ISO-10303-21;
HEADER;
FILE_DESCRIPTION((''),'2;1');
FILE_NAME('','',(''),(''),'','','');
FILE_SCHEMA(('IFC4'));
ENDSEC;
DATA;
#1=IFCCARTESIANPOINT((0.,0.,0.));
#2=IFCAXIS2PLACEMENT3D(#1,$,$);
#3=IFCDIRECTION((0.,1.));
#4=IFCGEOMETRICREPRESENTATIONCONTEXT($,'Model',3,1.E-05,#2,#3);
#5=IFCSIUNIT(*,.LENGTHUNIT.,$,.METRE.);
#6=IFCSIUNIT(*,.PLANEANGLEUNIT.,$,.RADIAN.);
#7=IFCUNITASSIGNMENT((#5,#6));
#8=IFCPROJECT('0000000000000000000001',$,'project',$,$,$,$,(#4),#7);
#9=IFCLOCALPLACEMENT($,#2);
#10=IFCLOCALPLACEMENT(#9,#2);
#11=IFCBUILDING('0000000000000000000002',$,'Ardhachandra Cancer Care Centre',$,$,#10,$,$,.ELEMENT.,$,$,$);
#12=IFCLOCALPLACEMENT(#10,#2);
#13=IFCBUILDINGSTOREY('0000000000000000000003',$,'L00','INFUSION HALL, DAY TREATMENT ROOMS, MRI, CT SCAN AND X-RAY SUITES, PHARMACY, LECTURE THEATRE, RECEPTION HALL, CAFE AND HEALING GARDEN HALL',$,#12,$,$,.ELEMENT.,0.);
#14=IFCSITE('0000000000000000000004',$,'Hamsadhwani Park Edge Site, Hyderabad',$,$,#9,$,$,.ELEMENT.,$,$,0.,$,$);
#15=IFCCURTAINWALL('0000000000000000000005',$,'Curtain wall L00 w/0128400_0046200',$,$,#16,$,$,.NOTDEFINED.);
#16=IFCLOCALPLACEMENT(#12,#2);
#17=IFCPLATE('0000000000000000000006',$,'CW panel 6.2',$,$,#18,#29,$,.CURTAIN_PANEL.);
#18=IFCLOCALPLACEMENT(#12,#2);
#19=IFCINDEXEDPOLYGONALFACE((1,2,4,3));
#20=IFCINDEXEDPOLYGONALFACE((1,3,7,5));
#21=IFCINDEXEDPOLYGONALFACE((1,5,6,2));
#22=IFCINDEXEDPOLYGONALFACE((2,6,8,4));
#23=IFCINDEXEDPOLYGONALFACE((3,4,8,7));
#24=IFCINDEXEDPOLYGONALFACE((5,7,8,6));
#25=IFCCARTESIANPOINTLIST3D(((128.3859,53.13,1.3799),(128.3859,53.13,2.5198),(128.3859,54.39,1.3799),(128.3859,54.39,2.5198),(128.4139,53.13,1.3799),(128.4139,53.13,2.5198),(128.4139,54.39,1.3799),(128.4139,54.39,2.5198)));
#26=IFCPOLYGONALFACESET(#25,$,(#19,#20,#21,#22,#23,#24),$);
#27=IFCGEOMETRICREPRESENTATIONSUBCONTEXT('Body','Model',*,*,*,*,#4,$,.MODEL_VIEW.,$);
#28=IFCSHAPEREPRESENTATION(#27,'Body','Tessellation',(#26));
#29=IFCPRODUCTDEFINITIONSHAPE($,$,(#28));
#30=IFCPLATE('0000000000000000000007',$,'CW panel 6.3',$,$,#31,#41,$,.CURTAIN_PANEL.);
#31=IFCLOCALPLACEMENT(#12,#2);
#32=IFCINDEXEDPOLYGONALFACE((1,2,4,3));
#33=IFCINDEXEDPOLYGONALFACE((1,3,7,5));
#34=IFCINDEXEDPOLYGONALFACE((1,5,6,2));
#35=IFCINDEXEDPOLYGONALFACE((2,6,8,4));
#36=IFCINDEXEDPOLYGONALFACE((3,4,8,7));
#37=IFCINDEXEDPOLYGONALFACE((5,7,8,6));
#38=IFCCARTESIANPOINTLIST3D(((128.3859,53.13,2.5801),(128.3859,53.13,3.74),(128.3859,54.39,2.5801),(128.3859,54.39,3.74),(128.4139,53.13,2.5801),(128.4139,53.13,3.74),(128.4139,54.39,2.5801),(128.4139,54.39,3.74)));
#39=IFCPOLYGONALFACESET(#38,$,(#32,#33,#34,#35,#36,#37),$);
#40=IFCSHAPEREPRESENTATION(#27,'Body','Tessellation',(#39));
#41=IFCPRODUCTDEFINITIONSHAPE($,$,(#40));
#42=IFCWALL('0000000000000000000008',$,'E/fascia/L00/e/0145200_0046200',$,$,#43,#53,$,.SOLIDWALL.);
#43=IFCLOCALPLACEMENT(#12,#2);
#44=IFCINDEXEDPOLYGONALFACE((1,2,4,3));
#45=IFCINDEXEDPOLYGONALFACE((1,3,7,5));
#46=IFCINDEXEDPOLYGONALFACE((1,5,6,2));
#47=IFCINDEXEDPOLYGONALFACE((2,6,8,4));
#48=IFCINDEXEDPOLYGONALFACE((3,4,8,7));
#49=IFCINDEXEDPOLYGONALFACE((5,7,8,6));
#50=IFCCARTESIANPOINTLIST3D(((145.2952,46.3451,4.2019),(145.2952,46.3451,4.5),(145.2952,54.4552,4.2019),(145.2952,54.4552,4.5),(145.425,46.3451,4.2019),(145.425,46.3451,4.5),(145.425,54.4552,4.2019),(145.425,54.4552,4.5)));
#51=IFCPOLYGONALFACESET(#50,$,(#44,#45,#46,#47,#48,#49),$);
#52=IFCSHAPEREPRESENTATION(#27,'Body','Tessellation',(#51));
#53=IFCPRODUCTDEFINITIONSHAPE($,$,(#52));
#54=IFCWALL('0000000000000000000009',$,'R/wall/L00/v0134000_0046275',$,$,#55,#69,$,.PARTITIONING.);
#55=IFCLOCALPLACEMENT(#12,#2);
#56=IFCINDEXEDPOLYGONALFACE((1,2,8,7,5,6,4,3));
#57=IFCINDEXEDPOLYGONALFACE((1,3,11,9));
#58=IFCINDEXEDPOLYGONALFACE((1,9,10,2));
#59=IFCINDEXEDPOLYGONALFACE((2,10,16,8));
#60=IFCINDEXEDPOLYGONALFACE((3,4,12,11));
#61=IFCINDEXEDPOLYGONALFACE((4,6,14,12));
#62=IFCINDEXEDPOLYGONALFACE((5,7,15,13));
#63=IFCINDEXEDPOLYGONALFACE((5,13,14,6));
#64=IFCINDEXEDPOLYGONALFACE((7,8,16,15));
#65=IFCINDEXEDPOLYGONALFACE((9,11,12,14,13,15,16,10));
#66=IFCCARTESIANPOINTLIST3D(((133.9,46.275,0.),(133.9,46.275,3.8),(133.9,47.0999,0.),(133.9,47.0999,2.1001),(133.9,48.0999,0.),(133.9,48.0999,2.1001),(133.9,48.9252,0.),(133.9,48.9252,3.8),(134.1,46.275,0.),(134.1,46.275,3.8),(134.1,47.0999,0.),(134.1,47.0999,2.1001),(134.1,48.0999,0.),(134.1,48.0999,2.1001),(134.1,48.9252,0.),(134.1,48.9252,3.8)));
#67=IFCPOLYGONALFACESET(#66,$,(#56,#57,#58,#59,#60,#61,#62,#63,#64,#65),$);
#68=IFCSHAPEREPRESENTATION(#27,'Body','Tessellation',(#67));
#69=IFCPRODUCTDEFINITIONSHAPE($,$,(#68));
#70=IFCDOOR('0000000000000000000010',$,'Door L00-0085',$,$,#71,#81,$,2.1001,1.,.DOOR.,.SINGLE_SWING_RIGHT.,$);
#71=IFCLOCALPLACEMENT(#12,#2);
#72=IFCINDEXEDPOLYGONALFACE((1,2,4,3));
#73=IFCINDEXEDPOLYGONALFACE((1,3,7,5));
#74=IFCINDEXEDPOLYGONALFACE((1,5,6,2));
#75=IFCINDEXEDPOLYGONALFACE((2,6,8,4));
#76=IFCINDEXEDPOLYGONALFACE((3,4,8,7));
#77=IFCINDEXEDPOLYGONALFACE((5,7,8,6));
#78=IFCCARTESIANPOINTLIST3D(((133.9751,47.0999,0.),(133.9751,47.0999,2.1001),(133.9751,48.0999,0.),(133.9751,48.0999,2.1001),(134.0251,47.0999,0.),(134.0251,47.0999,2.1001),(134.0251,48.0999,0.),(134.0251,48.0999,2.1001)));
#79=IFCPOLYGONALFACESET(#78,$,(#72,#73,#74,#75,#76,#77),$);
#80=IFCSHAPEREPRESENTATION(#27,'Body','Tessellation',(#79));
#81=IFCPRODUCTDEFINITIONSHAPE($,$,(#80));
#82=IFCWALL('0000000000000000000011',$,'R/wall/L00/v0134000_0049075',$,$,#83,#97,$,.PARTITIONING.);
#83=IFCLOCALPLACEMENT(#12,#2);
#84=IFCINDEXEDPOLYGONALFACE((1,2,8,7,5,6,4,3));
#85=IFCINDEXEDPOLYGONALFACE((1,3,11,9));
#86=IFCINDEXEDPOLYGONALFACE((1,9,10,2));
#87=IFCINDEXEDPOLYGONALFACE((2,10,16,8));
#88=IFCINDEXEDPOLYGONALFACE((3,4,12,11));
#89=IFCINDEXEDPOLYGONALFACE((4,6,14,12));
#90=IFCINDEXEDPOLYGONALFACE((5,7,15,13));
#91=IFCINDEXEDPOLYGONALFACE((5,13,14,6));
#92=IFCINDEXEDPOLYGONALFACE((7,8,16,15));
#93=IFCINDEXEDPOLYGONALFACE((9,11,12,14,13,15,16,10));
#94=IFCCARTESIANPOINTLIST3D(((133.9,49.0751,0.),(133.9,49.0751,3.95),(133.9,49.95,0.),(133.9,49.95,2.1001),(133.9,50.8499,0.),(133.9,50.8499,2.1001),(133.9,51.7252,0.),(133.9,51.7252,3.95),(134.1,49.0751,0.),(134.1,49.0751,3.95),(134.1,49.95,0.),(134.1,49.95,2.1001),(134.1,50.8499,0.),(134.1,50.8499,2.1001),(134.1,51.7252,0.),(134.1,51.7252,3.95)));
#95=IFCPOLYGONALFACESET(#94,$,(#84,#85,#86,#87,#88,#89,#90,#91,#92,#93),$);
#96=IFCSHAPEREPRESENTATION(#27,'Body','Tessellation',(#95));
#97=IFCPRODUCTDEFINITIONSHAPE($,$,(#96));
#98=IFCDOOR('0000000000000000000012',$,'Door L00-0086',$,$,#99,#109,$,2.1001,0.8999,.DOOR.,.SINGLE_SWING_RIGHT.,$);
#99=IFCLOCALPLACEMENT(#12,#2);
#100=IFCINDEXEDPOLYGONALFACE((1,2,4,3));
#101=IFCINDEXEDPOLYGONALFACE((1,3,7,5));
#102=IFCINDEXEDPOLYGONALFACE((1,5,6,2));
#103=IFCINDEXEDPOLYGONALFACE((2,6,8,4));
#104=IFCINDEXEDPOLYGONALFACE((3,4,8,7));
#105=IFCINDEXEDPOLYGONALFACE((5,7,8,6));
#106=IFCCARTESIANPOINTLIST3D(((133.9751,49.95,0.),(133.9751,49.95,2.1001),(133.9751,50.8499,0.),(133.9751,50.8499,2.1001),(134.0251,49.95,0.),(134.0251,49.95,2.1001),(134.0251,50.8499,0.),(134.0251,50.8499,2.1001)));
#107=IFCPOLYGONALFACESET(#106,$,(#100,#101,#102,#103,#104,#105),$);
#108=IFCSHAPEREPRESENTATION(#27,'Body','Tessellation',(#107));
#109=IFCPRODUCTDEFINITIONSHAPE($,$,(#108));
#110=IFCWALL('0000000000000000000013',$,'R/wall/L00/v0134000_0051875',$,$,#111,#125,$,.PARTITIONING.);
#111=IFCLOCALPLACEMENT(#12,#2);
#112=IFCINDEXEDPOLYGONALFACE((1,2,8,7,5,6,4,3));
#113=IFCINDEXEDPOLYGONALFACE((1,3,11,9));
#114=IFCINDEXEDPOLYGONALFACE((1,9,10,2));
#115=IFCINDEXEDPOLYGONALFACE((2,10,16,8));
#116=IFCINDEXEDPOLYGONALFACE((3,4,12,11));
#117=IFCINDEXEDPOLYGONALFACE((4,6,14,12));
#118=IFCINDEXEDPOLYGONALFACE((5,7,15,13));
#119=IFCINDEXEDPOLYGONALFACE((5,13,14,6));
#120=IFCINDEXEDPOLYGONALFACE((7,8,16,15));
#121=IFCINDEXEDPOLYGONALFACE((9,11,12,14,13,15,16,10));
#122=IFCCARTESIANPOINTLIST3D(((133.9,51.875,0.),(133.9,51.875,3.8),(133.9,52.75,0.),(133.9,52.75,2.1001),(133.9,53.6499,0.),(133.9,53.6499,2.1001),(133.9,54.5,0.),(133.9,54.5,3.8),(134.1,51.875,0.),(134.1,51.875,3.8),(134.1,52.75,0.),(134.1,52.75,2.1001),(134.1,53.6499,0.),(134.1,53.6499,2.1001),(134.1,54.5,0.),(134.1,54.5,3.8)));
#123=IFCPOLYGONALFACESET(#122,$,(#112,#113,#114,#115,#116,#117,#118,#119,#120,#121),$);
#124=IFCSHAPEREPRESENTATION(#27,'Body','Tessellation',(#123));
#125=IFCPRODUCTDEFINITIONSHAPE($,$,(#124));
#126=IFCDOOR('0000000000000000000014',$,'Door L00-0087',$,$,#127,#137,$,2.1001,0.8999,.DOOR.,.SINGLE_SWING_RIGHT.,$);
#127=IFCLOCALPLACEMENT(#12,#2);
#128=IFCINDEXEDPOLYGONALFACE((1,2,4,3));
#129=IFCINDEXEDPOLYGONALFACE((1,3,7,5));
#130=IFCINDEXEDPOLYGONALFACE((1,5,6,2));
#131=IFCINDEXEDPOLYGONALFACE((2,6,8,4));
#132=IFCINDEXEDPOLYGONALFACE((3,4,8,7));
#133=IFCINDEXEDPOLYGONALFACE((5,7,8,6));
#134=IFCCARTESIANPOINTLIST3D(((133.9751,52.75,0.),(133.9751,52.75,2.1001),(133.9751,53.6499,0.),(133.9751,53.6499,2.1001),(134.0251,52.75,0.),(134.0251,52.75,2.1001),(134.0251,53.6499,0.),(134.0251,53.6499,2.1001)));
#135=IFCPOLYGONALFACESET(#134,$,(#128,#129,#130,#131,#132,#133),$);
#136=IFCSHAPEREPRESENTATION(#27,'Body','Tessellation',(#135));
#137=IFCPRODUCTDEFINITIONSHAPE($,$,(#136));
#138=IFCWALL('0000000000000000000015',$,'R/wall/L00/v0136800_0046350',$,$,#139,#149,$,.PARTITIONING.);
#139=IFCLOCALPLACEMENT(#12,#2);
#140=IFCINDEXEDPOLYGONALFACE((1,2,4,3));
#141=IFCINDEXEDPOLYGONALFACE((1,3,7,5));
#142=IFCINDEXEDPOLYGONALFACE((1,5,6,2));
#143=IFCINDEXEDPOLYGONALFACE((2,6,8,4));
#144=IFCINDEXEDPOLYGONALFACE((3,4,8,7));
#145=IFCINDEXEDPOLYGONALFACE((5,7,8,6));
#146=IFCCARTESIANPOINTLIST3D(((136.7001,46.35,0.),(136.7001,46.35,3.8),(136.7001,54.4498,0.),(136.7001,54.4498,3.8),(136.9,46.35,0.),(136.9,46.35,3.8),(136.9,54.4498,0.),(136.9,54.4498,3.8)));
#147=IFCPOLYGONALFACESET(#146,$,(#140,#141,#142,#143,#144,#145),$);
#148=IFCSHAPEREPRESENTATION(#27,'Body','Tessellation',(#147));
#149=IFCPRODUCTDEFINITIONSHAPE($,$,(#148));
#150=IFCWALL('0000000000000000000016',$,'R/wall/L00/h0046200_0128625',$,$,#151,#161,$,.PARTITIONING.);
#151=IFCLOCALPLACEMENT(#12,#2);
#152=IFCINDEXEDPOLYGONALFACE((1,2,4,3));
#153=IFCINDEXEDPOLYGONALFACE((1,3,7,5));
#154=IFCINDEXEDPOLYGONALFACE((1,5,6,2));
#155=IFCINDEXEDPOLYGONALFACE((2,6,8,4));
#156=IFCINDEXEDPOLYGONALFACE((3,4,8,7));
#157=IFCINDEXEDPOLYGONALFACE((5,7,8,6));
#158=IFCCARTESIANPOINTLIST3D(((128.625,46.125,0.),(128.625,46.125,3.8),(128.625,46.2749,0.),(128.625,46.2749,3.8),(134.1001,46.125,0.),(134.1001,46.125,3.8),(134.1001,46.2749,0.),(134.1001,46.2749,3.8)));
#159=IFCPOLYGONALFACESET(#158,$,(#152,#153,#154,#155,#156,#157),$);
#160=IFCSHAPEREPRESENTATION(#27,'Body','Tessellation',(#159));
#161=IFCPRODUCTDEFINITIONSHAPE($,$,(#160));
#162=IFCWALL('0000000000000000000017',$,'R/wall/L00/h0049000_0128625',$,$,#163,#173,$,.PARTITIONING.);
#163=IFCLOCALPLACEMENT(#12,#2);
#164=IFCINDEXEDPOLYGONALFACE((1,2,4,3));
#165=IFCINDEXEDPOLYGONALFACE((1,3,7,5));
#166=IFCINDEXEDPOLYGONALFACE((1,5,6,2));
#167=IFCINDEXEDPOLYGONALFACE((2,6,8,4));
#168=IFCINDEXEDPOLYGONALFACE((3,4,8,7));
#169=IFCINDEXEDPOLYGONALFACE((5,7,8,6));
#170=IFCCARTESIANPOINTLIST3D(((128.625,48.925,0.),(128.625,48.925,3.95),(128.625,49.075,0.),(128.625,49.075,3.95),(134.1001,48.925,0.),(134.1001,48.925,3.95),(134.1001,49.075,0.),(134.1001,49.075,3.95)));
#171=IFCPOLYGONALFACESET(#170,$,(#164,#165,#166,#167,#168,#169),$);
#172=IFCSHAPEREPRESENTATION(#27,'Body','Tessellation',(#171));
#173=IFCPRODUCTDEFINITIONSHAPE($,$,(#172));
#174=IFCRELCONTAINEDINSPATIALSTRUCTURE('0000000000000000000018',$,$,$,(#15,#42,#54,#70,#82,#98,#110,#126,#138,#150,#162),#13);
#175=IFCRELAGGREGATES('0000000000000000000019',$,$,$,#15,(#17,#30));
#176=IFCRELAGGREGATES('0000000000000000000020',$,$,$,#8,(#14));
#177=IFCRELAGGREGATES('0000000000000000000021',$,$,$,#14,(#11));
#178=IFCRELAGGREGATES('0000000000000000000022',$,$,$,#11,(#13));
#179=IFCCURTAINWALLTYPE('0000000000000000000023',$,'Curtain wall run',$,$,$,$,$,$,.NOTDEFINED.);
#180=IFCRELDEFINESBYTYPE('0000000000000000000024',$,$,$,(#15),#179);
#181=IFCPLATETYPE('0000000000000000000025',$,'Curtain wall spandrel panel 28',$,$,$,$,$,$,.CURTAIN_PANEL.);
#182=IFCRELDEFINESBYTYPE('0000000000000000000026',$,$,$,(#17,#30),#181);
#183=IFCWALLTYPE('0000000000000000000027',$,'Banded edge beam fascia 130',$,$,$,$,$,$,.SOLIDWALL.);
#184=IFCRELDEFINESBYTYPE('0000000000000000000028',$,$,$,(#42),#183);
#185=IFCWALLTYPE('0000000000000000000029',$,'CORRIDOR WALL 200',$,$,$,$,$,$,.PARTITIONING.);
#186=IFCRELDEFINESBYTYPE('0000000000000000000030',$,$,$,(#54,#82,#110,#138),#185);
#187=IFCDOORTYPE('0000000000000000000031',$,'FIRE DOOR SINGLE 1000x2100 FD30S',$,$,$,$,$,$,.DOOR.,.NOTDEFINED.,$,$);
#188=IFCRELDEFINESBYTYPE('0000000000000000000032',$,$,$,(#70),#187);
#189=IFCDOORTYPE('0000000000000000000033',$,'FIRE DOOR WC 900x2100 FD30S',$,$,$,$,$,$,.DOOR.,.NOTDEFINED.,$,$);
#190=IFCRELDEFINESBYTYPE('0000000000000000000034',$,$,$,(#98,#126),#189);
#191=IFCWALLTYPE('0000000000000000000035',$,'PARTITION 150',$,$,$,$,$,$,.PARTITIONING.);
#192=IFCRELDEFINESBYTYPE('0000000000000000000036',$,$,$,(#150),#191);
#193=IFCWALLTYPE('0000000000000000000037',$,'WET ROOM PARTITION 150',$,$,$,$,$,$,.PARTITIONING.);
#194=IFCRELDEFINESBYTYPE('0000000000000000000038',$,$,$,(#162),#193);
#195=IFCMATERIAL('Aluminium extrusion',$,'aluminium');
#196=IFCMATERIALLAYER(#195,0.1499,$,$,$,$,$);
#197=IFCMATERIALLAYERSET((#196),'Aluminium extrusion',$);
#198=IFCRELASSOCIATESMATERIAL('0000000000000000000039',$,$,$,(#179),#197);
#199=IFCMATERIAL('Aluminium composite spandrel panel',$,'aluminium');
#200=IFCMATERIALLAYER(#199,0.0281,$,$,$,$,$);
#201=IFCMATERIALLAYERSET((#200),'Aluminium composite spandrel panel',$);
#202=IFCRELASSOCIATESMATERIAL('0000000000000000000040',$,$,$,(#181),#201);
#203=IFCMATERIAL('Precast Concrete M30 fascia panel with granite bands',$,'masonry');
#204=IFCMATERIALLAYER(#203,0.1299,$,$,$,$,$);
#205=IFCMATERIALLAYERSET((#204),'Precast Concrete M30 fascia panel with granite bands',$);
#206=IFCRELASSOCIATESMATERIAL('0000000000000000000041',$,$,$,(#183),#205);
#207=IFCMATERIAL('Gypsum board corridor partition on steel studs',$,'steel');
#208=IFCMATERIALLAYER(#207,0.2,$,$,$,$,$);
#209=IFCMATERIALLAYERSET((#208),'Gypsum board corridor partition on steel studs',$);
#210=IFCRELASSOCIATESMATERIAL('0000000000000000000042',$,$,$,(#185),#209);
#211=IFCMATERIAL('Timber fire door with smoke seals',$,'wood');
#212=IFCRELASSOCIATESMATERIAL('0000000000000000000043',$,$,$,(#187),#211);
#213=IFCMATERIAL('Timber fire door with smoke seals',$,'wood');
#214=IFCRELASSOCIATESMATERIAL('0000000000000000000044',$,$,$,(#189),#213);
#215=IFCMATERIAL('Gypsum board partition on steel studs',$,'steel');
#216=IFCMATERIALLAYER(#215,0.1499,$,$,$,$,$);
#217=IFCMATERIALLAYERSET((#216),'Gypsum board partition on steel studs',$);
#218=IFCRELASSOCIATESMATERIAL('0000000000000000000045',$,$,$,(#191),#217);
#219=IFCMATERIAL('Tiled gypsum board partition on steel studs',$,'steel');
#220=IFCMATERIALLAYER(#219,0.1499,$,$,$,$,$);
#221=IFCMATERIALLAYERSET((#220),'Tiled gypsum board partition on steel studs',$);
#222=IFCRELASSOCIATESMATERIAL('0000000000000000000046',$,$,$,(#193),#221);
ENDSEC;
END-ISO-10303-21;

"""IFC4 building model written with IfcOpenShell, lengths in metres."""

from ifc_helpers import new_model, si_unit, direction, frame, frame_2d, origin, origin_2d, place, context, subcontext, project, spatial, rectangle, extrude, material, layer, layer_set, type_object, element, fill, aggregate, save


model = new_model("IFC4")

# Units and contexts
model_context = context("Model", 3, precision=1e-05, world=origin(), true_north=direction((0.0, 1.0)))
body_context = subcontext(model_context, "Body", "Model", "MODEL_VIEW")
ifc_project = project(units=[si_unit("LENGTHUNIT", "METRE"), si_unit("PLANEANGLEUNIT", "RADIAN")], contexts=[model_context])

# Site, building, storey
site_placement = place(None, origin())
site = spatial("IfcSite", under=ifc_project, at=site_placement, Name="Hamsadhwani Park Edge Site, Hyderabad", CompositionType="ELEMENT", RefElevation=0.0)
building_placement = place(site_placement, origin())
building = spatial("IfcBuilding", under=site, at=building_placement, Name="Ardhachandra Cancer Care Centre", CompositionType="ELEMENT")
storey_placement = place(building_placement, origin())
storey = spatial("IfcBuildingStorey", under=building, at=storey_placement, Name="L00", Description="INFUSION HALL, DAY TREATMENT ROOMS, MRI, CT SCAN AND X-RAY SUITES, PHARMACY, LECTURE THEATRE, RECEPTION HALL, CAFE AND HEALING GARDEN HALL", CompositionType="ELEMENT", Elevation=0.0)

# Curtain wall
ifc_material_1 = material(Name="Aluminium extrusion", Category="aluminium")
ifc_layer_1 = layer(ifc_material_1, 0.1499)
ifc_layer_set_1 = layer_set([ifc_layer_1], Name="Aluminium extrusion")
curtain_wall_type = type_object("IfcCurtainWallType", Name="Curtain wall run", PredefinedType="NOTDEFINED", material=ifc_layer_set_1)
curtain_wall_placement = place(storey_placement, origin())
curtain_wall = element("IfcCurtainWall", 1, at=curtain_wall_placement, inside=storey, type_object=curtain_wall_type, Name="Curtain wall L00 w/0128400_0046200", PredefinedType="NOTDEFINED")

# Plates
ifc_material_2 = material(Name="Aluminium composite spandrel panel", Category="aluminium")
ifc_layer_2 = layer(ifc_material_2, 0.0281)
ifc_layer_set_2 = layer_set([ifc_layer_2], Name="Aluminium composite spandrel panel")
plate_type = type_object("IfcPlateType", Name="Curtain wall spandrel panel 28", PredefinedType="CURTAIN_PANEL", material=ifc_layer_set_2)
plate_1_placement = place(storey_placement, frame((128.3999, 53.76, 1.3799), z_axis=(0.0, 0.0, 1.0), x_axis=(0.0, 1.0, 0.0)))
plate_1 = element("IfcPlate", 2, at=plate_1_placement, type_object=plate_type, Name="CW panel 6.2", PredefinedType="CURTAIN_PANEL", context=body_context, shape_type="SweptSolid", body=[
    extrude(rectangle(XDim=1.26, YDim=0.0281, at=origin_2d()), origin(), (0.0, 0.0, 1.0), 1.1399),
])
plate_2_placement = place(storey_placement, frame((128.3999, 53.76, 2.5801), z_axis=(0.0, 0.0, 1.0), x_axis=(0.0, 1.0, 0.0)))
plate_2 = element("IfcPlate", 3, at=plate_2_placement, type_object=plate_type, Name="CW panel 6.3", PredefinedType="CURTAIN_PANEL", context=body_context, shape_type="SweptSolid", body=[
    extrude(rectangle(XDim=1.26, YDim=0.0281, at=origin_2d()), origin(), (0.0, 0.0, 1.0), 1.1599),
])
aggregate(curtain_wall, [plate_1, plate_2])

# Wall
ifc_material_3 = material(Name="Precast Concrete M30 fascia panel with granite bands", Category="masonry")
ifc_layer_3 = layer(ifc_material_3, 0.1299)
ifc_layer_set_3 = layer_set([ifc_layer_3], Name="Precast Concrete M30 fascia panel with granite bands")
wall_type_1 = type_object("IfcWallType", Name="Banded edge beam fascia 130", PredefinedType="SOLIDWALL", material=ifc_layer_set_3)
wall_1_placement = place(storey_placement, frame((145.3601, 46.345, 4.2019), z_axis=(0.0, 0.0, 1.0), x_axis=(0.0, 1.0, 0.0)))
element("IfcWall", 4, at=wall_1_placement, inside=storey, type_object=wall_type_1, Name="E/fascia/L00/e/0145200_0046200", PredefinedType="SOLIDWALL", context=body_context, shape_type="SweptSolid", body=[
    extrude(rectangle(XDim=8.1101, YDim=0.1299, at=frame_2d((4.0552, 0.0))), origin(), (0.0, 0.0, 1.0), 0.2981),
])

# Walls, openings, doors
ifc_material_4 = material(Name="Gypsum board corridor partition on steel studs", Category="steel")
ifc_layer_4 = layer(ifc_material_4, 0.2)
ifc_layer_set_4 = layer_set([ifc_layer_4], Name="Gypsum board corridor partition on steel studs")
wall_type_2 = type_object("IfcWallType", Name="CORRIDOR WALL 200", PredefinedType="PARTITIONING", material=ifc_layer_set_4)
wall_2_placement = place(storey_placement, frame((134.0, 46.2749, 0.0), z_axis=(0.0, 0.0, 1.0), x_axis=(0.0, 1.0, 0.0)))
wall_2 = element("IfcWall", 5, at=wall_2_placement, inside=storey, type_object=wall_type_2, Name="R/wall/L00/v0134000_0046275", PredefinedType="PARTITIONING", context=body_context, shape_type="SweptSolid", body=[
    extrude(rectangle(XDim=2.6501, YDim=0.2, at=frame_2d((1.3252, 0.0))), origin(), (0.0, 0.0, 1.0), 3.8),
])
opening_1_placement = place(wall_2_placement, frame((0.825, 0.0, 0.0)))
opening_1 = element("IfcOpeningElement", 6, at=opening_1_placement, cuts=wall_2, PredefinedType="OPENING", context=body_context, shape_type="SweptSolid", body=[
    extrude(rectangle(XDim=1.0, YDim=2.1001, at=frame_2d((0.5, 1.05))), frame((0.0, 0.1099, 0.0), z_axis=(0.0, -1.0, 0.0), x_axis=(1.0, 0.0, 0.0)), (0.0, 0.0, 1.0), 0.22),
])
ifc_material_5 = material(Name="Timber fire door with smoke seals", Category="wood")
door_type_1 = type_object("IfcDoorType", Name="FIRE DOOR SINGLE 1000x2100 FD30S", OperationType="NOTDEFINED", PredefinedType="DOOR", material=ifc_material_5)
door_1_placement = place(opening_1_placement, origin())
door_1 = element("IfcDoor", 7, at=door_1_placement, inside=storey, type_object=door_type_1, Name="Door L00-0085", OperationType="SINGLE_SWING_RIGHT", OverallHeight=2.1001, OverallWidth=1.0, PredefinedType="DOOR", context=body_context, shape_type="SweptSolid", body=[
    extrude(rectangle(XDim=1.0, YDim=2.1001, at=frame_2d((0.5, 1.05))), frame((0.0, 0.0249, 0.0), z_axis=(0.0, -1.0, 0.0), x_axis=(1.0, 0.0, 0.0)), (0.0, 0.0, 1.0), 0.05),
])
fill(opening_1, door_1)
wall_3_placement = place(storey_placement, frame((134.0, 49.075, 0.0), z_axis=(0.0, 0.0, 1.0), x_axis=(0.0, 1.0, 0.0)))
wall_3 = element("IfcWall", 8, at=wall_3_placement, inside=storey, type_object=wall_type_2, Name="R/wall/L00/v0134000_0049075", PredefinedType="PARTITIONING", context=body_context, shape_type="SweptSolid", body=[
    extrude(rectangle(XDim=2.6501, YDim=0.2, at=frame_2d((1.3252, 0.0))), origin(), (0.0, 0.0, 1.0), 3.95),
])
opening_2_placement = place(wall_3_placement, frame((0.875, 0.0, 0.0)))
opening_2 = element("IfcOpeningElement", 9, at=opening_2_placement, cuts=wall_3, PredefinedType="OPENING", context=body_context, shape_type="SweptSolid", body=[
    extrude(rectangle(XDim=0.8999, YDim=2.1001, at=frame_2d((0.45, 1.05))), frame((0.0, 0.1099, 0.0), z_axis=(0.0, -1.0, 0.0), x_axis=(1.0, 0.0, 0.0)), (0.0, 0.0, 1.0), 0.22),
])
ifc_material_6 = material(Name="Timber fire door with smoke seals", Category="wood")
door_type_2 = type_object("IfcDoorType", Name="FIRE DOOR WC 900x2100 FD30S", OperationType="NOTDEFINED", PredefinedType="DOOR", material=ifc_material_6)
door_2_placement = place(opening_2_placement, origin())
door_2 = element("IfcDoor", 10, at=door_2_placement, inside=storey, type_object=door_type_2, Name="Door L00-0086", OperationType="SINGLE_SWING_RIGHT", OverallHeight=2.1001, OverallWidth=0.8999, PredefinedType="DOOR", context=body_context, shape_type="SweptSolid", body=[
    extrude(rectangle(XDim=0.8999, YDim=2.1001, at=frame_2d((0.45, 1.05))), frame((0.0, 0.0249, 0.0), z_axis=(0.0, -1.0, 0.0), x_axis=(1.0, 0.0, 0.0)), (0.0, 0.0, 1.0), 0.05),
])
fill(opening_2, door_2)
wall_4_placement = place(storey_placement, frame((134.0, 51.875, 0.0), z_axis=(0.0, 0.0, 1.0), x_axis=(0.0, 1.0, 0.0)))
wall_4 = element("IfcWall", 11, at=wall_4_placement, inside=storey, type_object=wall_type_2, Name="R/wall/L00/v0134000_0051875", PredefinedType="PARTITIONING", context=body_context, shape_type="SweptSolid", body=[
    extrude(rectangle(XDim=2.625, YDim=0.2, at=frame_2d((1.3125, 0.0))), origin(), (0.0, 0.0, 1.0), 3.8),
])
opening_3_placement = place(wall_4_placement, frame((0.875, 0.0, 0.0)))
opening_3 = element("IfcOpeningElement", 12, at=opening_3_placement, cuts=wall_4, PredefinedType="OPENING", context=body_context, shape_type="SweptSolid", body=[
    extrude(rectangle(XDim=0.8999, YDim=2.1001, at=frame_2d((0.45, 1.05))), frame((0.0, 0.1099, 0.0), z_axis=(0.0, -1.0, 0.0), x_axis=(1.0, 0.0, 0.0)), (0.0, 0.0, 1.0), 0.22),
])
door_3_placement = place(opening_3_placement, origin())
door_3 = element("IfcDoor", 13, at=door_3_placement, inside=storey, type_object=door_type_2, Name="Door L00-0087", OperationType="SINGLE_SWING_RIGHT", OverallHeight=2.1001, OverallWidth=0.8999, PredefinedType="DOOR", context=body_context, shape_type="SweptSolid", body=[
    extrude(rectangle(XDim=0.8999, YDim=2.1001, at=frame_2d((0.45, 1.05))), frame((0.0, 0.0249, 0.0), z_axis=(0.0, -1.0, 0.0), x_axis=(1.0, 0.0, 0.0)), (0.0, 0.0, 1.0), 0.05),
])
fill(opening_3, door_3)

# Walls
wall_5_placement = place(storey_placement, frame((136.8, 46.3501, 0.0), z_axis=(0.0, 0.0, 1.0), x_axis=(0.0, 1.0, 0.0)))
element("IfcWall", 14, at=wall_5_placement, inside=storey, type_object=wall_type_2, Name="R/wall/L00/v0136800_0046350", PredefinedType="PARTITIONING", context=body_context, shape_type="SweptSolid", body=[
    extrude(rectangle(XDim=8.0999, YDim=0.2, at=frame_2d((4.0498, 0.0))), origin(), (0.0, 0.0, 1.0), 3.8),
])
ifc_material_7 = material(Name="Gypsum board partition on steel studs", Category="steel")
ifc_layer_5 = layer(ifc_material_7, 0.1499)
ifc_layer_set_5 = layer_set([ifc_layer_5], Name="Gypsum board partition on steel studs")
wall_type_3 = type_object("IfcWallType", Name="PARTITION 150", PredefinedType="PARTITIONING", material=ifc_layer_set_5)
wall_6_placement = place(storey_placement, frame((128.625, 46.2, 0.0), z_axis=(0.0, 0.0, 1.0), x_axis=(1.0, 0.0, 0.0)))
element("IfcWall", 15, at=wall_6_placement, inside=storey, type_object=wall_type_3, Name="R/wall/L00/h0046200_0128625", PredefinedType="PARTITIONING", context=body_context, shape_type="SweptSolid", body=[
    extrude(rectangle(XDim=5.4751, YDim=0.1499, at=frame_2d((2.7375, 0.0))), origin(), (0.0, 0.0, 1.0), 3.8),
])
ifc_material_8 = material(Name="Tiled gypsum board partition on steel studs", Category="steel")
ifc_layer_6 = layer(ifc_material_8, 0.1499)
ifc_layer_set_6 = layer_set([ifc_layer_6], Name="Tiled gypsum board partition on steel studs")
wall_type_4 = type_object("IfcWallType", Name="WET ROOM PARTITION 150", PredefinedType="PARTITIONING", material=ifc_layer_set_6)
for number, where, z_axis, x_axis, name in (
    (16, (128.625, 49.0, 0.0), (0.0, 0.0, 1.0), (1.0, 0.0, 0.0), "R/wall/L00/h0049000_0128625"),
):
    element("IfcWall", number, at=place(storey_placement, frame(where, z_axis=z_axis, x_axis=x_axis)), inside=storey, type_object=wall_type_4, Name=name, PredefinedType="PARTITIONING", context=body_context, shape_type="SweptSolid", body=[
        extrude(rectangle(XDim=5.4751, YDim=0.1499, at=frame_2d((2.7375, 0.0))), origin(), (0.0, 0.0, 1.0), 3.95),
    ])

save(model, "model.ifc")
